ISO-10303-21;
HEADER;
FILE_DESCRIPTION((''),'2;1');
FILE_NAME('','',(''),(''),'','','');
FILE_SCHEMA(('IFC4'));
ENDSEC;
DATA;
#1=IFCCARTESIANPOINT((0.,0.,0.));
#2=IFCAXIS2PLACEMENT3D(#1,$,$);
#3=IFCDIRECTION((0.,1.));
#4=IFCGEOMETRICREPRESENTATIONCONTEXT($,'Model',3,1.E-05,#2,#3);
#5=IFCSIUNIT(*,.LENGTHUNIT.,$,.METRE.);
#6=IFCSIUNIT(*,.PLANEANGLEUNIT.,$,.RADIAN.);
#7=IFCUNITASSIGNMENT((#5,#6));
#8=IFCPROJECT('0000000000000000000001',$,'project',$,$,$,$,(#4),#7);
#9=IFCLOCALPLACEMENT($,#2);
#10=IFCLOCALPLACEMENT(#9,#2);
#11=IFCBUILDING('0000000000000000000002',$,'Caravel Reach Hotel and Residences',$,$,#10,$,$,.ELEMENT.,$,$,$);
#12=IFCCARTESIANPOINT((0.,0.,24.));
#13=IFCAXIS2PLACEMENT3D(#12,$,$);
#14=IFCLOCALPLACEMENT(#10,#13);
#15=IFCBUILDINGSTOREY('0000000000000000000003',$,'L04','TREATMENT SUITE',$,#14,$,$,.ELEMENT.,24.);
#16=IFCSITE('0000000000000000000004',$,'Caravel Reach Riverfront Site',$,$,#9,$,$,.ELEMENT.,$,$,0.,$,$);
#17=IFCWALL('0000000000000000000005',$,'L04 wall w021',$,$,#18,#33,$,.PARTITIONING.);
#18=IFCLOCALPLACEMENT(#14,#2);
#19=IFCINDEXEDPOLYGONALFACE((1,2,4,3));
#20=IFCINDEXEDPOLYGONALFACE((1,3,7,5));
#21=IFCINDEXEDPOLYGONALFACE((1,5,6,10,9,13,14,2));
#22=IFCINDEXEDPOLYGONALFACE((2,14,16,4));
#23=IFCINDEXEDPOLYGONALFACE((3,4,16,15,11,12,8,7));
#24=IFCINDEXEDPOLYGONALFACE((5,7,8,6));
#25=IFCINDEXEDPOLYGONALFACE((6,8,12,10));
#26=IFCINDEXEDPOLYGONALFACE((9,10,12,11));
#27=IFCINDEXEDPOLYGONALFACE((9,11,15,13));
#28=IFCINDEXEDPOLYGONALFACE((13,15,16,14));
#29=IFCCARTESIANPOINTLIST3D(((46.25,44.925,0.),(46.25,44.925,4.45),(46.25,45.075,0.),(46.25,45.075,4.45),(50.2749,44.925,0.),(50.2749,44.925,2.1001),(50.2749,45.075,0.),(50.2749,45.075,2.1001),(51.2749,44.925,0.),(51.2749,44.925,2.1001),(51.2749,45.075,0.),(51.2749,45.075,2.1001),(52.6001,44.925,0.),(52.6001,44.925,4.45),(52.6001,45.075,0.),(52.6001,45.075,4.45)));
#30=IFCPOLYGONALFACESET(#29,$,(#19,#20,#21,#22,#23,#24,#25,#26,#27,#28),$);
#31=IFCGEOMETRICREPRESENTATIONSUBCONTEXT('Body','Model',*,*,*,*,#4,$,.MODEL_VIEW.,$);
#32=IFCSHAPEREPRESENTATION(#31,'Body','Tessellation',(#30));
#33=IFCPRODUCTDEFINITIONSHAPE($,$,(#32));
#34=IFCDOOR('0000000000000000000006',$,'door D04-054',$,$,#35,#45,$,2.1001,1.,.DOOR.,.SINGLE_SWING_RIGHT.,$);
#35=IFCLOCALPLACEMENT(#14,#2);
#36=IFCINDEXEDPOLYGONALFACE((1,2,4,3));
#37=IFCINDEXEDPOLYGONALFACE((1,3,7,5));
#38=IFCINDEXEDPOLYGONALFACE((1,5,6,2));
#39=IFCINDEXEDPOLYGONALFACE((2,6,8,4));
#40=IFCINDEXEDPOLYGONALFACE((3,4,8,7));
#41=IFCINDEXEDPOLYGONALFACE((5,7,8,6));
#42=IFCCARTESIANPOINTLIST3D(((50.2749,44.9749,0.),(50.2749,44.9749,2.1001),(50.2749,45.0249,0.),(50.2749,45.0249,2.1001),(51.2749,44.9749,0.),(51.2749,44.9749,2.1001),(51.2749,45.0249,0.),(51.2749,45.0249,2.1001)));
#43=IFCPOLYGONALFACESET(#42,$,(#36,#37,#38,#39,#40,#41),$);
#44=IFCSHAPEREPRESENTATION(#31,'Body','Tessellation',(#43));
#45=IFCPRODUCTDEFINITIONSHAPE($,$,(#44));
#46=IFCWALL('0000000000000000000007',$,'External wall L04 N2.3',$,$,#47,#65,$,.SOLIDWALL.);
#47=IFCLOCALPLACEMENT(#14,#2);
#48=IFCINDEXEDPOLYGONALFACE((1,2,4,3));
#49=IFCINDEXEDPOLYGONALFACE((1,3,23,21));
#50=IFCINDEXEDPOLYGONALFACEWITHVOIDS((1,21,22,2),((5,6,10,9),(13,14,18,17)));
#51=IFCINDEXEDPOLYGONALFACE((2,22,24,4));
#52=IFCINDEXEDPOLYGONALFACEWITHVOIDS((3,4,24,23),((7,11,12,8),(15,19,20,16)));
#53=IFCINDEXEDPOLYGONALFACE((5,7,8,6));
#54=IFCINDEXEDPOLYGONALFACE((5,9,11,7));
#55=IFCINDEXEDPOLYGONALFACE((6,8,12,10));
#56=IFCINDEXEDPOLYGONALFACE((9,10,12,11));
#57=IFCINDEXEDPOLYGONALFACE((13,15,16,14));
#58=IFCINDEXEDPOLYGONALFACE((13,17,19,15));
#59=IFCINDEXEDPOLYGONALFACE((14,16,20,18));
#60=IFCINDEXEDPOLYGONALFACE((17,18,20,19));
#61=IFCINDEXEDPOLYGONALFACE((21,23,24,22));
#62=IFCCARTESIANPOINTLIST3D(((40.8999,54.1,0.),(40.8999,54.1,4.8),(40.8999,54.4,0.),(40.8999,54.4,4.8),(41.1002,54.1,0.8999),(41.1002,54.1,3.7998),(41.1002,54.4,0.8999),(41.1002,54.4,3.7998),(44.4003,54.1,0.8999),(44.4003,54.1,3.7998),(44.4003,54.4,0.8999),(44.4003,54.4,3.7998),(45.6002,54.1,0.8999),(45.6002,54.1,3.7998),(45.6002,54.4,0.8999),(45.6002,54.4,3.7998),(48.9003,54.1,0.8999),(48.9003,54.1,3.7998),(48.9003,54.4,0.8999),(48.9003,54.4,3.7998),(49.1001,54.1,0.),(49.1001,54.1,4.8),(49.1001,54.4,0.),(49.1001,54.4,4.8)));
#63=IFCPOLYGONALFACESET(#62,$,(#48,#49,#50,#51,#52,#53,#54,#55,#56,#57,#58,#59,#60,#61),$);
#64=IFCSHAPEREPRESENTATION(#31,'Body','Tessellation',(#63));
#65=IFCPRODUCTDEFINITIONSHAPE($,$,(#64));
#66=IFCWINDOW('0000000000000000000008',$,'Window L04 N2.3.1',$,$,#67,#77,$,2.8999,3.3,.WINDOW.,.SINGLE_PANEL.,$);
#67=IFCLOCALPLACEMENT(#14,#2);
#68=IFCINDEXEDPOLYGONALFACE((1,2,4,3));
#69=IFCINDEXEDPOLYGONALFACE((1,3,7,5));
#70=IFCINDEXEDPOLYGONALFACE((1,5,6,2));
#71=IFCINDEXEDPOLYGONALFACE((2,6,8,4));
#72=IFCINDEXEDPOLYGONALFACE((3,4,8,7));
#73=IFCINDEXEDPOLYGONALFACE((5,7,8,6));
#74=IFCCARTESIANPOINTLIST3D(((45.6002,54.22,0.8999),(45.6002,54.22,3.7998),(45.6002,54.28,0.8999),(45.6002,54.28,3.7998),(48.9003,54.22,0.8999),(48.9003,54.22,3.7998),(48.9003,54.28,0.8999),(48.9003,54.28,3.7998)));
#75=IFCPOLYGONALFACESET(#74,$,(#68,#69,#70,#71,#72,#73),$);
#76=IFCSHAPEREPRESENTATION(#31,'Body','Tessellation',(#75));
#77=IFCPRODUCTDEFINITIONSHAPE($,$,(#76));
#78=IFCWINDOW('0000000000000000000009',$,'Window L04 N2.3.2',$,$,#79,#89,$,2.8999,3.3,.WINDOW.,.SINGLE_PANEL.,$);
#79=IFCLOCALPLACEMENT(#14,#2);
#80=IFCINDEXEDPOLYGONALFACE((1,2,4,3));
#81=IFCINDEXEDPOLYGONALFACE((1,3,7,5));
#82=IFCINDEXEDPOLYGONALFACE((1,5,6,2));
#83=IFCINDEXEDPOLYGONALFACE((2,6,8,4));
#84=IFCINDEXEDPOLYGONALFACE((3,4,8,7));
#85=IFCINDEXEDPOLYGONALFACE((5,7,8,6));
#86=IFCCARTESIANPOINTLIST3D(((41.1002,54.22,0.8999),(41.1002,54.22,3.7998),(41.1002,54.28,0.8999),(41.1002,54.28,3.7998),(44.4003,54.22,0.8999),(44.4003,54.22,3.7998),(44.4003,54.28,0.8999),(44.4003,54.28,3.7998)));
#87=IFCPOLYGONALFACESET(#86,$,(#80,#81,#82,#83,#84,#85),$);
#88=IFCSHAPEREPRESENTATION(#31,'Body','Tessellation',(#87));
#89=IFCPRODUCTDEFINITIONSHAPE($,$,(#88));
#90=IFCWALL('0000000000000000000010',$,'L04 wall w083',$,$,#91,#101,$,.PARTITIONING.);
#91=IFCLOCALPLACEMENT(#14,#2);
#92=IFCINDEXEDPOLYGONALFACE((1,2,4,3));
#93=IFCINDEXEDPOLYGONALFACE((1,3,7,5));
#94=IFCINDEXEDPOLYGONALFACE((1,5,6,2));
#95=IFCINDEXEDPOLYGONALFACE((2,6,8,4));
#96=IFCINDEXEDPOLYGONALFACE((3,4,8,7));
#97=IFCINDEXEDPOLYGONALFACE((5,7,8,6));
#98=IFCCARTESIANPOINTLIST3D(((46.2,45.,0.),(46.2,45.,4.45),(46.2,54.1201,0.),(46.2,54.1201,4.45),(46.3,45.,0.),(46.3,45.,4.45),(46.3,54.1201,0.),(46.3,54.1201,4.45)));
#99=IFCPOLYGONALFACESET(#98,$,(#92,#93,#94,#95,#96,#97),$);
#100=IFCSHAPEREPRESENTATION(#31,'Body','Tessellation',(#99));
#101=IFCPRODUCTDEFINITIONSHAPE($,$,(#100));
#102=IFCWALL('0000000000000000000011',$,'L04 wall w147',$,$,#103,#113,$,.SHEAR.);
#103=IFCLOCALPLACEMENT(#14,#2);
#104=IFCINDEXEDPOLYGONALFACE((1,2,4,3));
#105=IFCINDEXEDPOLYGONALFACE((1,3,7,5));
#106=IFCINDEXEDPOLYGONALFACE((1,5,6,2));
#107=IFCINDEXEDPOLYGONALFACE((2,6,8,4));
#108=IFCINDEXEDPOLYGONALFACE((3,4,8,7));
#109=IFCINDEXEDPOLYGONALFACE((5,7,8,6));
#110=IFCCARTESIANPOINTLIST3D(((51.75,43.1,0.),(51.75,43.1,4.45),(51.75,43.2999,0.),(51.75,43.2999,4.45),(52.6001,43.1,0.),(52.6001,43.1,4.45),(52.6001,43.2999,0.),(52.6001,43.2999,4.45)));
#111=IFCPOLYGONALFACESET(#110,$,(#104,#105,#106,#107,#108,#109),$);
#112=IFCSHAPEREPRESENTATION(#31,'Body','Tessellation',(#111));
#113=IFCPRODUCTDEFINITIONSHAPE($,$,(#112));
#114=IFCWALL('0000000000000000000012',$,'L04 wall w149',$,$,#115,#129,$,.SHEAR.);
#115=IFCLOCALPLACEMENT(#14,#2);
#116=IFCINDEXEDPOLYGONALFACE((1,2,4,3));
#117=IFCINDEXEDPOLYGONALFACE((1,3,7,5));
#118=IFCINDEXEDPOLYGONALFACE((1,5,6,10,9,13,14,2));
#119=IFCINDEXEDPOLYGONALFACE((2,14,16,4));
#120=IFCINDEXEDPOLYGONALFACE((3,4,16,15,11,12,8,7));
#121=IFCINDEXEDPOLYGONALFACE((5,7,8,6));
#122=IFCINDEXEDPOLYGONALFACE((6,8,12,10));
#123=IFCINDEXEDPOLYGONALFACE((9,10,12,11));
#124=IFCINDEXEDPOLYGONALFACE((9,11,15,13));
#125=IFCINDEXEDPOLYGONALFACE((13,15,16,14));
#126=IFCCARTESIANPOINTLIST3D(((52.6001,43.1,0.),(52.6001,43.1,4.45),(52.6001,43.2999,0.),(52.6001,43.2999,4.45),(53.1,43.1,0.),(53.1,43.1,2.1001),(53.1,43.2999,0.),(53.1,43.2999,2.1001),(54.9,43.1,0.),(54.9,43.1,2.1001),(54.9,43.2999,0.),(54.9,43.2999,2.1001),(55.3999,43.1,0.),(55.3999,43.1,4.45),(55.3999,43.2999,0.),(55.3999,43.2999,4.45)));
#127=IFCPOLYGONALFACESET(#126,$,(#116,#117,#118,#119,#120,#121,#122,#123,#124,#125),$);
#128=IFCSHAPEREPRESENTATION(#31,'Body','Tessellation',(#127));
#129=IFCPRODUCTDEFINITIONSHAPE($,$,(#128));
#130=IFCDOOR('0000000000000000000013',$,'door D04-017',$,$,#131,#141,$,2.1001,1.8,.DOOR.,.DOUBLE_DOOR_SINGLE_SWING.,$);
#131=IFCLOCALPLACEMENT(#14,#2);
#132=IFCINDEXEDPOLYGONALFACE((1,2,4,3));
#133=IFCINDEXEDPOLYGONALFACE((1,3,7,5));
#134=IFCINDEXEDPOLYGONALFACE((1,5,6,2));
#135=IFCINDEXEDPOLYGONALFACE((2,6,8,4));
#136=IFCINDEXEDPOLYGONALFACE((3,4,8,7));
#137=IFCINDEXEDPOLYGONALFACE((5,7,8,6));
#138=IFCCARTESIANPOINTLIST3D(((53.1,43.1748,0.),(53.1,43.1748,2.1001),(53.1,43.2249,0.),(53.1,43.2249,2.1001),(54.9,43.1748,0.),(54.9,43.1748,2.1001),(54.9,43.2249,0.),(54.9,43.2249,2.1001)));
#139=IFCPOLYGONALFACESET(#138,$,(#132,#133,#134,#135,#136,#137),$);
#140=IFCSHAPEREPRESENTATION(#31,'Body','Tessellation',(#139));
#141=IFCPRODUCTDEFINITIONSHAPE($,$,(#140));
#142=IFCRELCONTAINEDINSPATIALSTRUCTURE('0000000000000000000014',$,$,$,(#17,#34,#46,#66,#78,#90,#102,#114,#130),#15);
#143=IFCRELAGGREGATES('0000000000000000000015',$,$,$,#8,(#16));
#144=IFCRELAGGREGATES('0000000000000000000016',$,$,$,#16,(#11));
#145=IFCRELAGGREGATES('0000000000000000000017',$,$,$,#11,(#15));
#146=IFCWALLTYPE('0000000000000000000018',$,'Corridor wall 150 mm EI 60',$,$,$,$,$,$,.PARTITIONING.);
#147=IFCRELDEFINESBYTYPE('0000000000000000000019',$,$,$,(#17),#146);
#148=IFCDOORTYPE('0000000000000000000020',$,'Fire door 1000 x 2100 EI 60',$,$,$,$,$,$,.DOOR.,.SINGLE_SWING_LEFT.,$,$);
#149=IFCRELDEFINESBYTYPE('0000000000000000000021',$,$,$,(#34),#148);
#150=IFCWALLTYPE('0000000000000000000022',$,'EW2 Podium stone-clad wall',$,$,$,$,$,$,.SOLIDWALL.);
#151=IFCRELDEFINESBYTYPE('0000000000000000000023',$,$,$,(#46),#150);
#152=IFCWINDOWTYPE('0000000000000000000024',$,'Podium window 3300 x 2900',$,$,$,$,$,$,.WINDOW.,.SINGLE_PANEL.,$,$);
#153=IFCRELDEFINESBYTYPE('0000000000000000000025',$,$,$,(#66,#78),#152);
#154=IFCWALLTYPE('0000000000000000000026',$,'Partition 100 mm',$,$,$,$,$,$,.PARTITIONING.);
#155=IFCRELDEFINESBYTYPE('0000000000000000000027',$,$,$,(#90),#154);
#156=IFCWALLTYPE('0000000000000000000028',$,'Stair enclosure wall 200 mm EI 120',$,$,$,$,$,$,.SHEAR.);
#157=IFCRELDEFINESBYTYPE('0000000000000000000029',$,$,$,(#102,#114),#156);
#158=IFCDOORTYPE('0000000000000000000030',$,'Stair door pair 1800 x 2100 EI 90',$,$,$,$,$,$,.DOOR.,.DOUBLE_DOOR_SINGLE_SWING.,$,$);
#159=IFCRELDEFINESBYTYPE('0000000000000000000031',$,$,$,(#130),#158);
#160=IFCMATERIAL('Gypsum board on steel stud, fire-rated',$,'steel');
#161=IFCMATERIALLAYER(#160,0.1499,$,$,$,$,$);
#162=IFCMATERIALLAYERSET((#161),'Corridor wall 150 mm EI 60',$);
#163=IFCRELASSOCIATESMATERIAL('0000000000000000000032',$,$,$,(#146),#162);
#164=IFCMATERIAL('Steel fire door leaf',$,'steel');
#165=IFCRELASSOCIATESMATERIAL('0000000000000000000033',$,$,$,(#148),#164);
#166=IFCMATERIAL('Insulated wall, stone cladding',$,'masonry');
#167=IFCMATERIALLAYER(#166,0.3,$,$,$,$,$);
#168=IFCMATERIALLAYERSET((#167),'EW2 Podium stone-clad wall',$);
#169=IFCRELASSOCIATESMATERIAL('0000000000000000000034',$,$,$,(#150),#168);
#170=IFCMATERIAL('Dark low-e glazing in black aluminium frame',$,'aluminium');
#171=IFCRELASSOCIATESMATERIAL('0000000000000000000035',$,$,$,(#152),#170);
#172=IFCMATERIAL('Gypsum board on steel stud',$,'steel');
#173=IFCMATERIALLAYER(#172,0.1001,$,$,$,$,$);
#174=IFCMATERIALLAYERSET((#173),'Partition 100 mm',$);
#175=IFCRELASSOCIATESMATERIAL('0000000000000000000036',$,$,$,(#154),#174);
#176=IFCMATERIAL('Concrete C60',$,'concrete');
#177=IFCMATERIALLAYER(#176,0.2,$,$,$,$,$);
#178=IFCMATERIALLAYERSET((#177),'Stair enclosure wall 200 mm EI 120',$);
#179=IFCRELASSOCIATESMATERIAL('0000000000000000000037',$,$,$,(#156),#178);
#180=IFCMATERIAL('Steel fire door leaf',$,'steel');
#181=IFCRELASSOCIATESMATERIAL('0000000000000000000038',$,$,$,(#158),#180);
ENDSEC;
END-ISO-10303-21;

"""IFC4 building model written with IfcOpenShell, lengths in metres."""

from ifc_helpers import new_model, si_unit, direction, frame, frame_2d, origin, place, context, subcontext, project, spatial, rectangle, extrude, material, layer, layer_set, type_object, element, fill, save


model = new_model("IFC4")

# Units and contexts
model_context = context("Model", 3, precision=1e-05, world=origin(), true_north=direction((0.0, 1.0)))
body_context = subcontext(model_context, "Body", "Model", "MODEL_VIEW")
ifc_project = project(units=[si_unit("LENGTHUNIT", "METRE"), si_unit("PLANEANGLEUNIT", "RADIAN")], contexts=[model_context])

# Site, building, storey
site_placement = place(None, origin())
site = spatial("IfcSite", under=ifc_project, at=site_placement, Name="Caravel Reach Riverfront Site", CompositionType="ELEMENT", RefElevation=0.0)
building_placement = place(site_placement, origin())
building = spatial("IfcBuilding", under=site, at=building_placement, Name="Caravel Reach Hotel and Residences", CompositionType="ELEMENT")
storey_placement = place(building_placement, frame((0.0, 0.0, 24.0)))
storey = spatial("IfcBuildingStorey", under=building, at=storey_placement, Name="L04", Description="TREATMENT SUITE", CompositionType="ELEMENT", Elevation=24.0)

# Wall, opening, door
ifc_material_1 = material(Name="Gypsum board on steel stud, fire-rated", Category="steel")
ifc_layer_1 = layer(ifc_material_1, 0.1499)
ifc_layer_set_1 = layer_set([ifc_layer_1], Name="Corridor wall 150 mm EI 60")
wall_type_1 = type_object("IfcWallType", Name="Corridor wall 150 mm EI 60", PredefinedType="PARTITIONING", material=ifc_layer_set_1)
wall_1_placement = place(storey_placement, frame((46.25, 45.0, 0.0), z_axis=(0.0, 0.0, 1.0), x_axis=(1.0, 0.0, 0.0)))
wall_1 = element("IfcWall", 1, at=wall_1_placement, inside=storey, type_object=wall_type_1, Name="L04 wall w021", PredefinedType="PARTITIONING", context=body_context, shape_type="SweptSolid", body=[
    extrude(rectangle(XDim=6.3501, YDim=0.1499, at=frame_2d((3.175, 0.0))), origin(), (0.0, 0.0, 1.0), 4.45),
])
opening_1_placement = place(wall_1_placement, frame((4.0249, 0.0, 0.0)))
opening_1 = element("IfcOpeningElement", 2, at=opening_1_placement, cuts=wall_1, PredefinedType="OPENING", context=body_context, shape_type="SweptSolid", body=[
    extrude(rectangle(XDim=1.0, YDim=2.1001, at=frame_2d((0.5, 1.05))), frame((0.0, 0.085, 0.0), z_axis=(0.0, -1.0, 0.0), x_axis=(1.0, 0.0, 0.0)), (0.0, 0.0, 1.0), 0.1699),
])
ifc_material_2 = material(Name="Steel fire door leaf", Category="steel")
door_type_1 = type_object("IfcDoorType", Name="Fire door 1000 x 2100 EI 60", OperationType="SINGLE_SWING_LEFT", PredefinedType="DOOR", material=ifc_material_2)
door_1_placement = place(opening_1_placement, origin())
door_1 = element("IfcDoor", 3, at=door_1_placement, inside=storey, type_object=door_type_1, Name="door D04-054", OperationType="SINGLE_SWING_RIGHT", OverallHeight=2.1001, OverallWidth=1.0, PredefinedType="DOOR", context=body_context, shape_type="SweptSolid", body=[
    extrude(rectangle(XDim=1.0, YDim=2.1001, at=frame_2d((0.5, 1.05))), frame((0.0, 0.0249, 0.0), z_axis=(0.0, -1.0, 0.0), x_axis=(1.0, 0.0, 0.0)), (0.0, 0.0, 1.0), 0.05),
])
fill(opening_1, door_1)

# Wall, openings, windows
ifc_material_3 = material(Name="Insulated wall, stone cladding", Category="masonry")
ifc_layer_2 = layer(ifc_material_3, 0.3)
ifc_layer_set_2 = layer_set([ifc_layer_2], Name="EW2 Podium stone-clad wall")
wall_type_2 = type_object("IfcWallType", Name="EW2 Podium stone-clad wall", PredefinedType="SOLIDWALL", material=ifc_layer_set_2)
wall_2_placement = place(storey_placement, frame((49.1001, 54.25, 0.0), z_axis=(0.0, 0.0, 1.0), x_axis=(-1.0, 0.0, 0.0)))
wall_2 = element("IfcWall", 4, at=wall_2_placement, inside=storey, type_object=wall_type_2, Name="External wall L04 N2.3", PredefinedType="SOLIDWALL", context=body_context, shape_type="SweptSolid", body=[
    extrude(rectangle(XDim=8.2002, YDim=0.3, at=frame_2d((4.1001, 0.0))), origin(), (0.0, 0.0, 1.0), 4.8),
])
opening_2_placement = place(wall_2_placement, frame((0.2, 0.0, 0.8999)))
opening_2 = element("IfcOpeningElement", 5, at=opening_2_placement, cuts=wall_2, PredefinedType="OPENING", context=body_context, shape_type="SweptSolid", body=[
    extrude(rectangle(XDim=3.3, YDim=2.8999, at=frame_2d((1.6499, 1.45))), frame((0.0, 0.1599, 0.0), z_axis=(0.0, -1.0, 0.0), x_axis=(1.0, 0.0, 0.0)), (0.0, 0.0, 1.0), 0.3201),
])
opening_3_placement = place(wall_2_placement, frame((4.7, 0.0, 0.8999)))
opening_3 = element("IfcOpeningElement", 6, at=opening_3_placement, cuts=wall_2, PredefinedType="OPENING", context=body_context, shape_type="SweptSolid", body=[
    extrude(rectangle(XDim=3.3, YDim=2.8999, at=frame_2d((1.6499, 1.45))), frame((0.0, 0.1599, 0.0), z_axis=(0.0, -1.0, 0.0), x_axis=(1.0, 0.0, 0.0)), (0.0, 0.0, 1.0), 0.3201),
])
ifc_material_4 = material(Name="Dark low-e glazing in black aluminium frame", Category="aluminium")
window_type = type_object("IfcWindowType", Name="Podium window 3300 x 2900", PartitioningType="SINGLE_PANEL", PredefinedType="WINDOW", material=ifc_material_4)
window_1_placement = place(opening_2_placement, origin())
window_1 = element("IfcWindow", 7, at=window_1_placement, inside=storey, type_object=window_type, Name="Window L04 N2.3.1", OverallHeight=2.8999, OverallWidth=3.3, PartitioningType="SINGLE_PANEL", PredefinedType="WINDOW", context=body_context, shape_type="SweptSolid", body=[
    extrude(rectangle(XDim=3.3, YDim=2.8999, at=frame_2d((1.6499, 1.45))), frame((0.0, 0.03, 0.0), z_axis=(0.0, -1.0, 0.0), x_axis=(1.0, 0.0, 0.0)), (0.0, 0.0, 1.0), 0.0601),
])
fill(opening_2, window_1)
window_2_placement = place(opening_3_placement, origin())
window_2 = element("IfcWindow", 8, at=window_2_placement, inside=storey, type_object=window_type, Name="Window L04 N2.3.2", OverallHeight=2.8999, OverallWidth=3.3, PartitioningType="SINGLE_PANEL", PredefinedType="WINDOW", context=body_context, shape_type="SweptSolid", body=[
    extrude(rectangle(XDim=3.3, YDim=2.8999, at=frame_2d((1.6499, 1.45))), frame((0.0, 0.03, 0.0), z_axis=(0.0, -1.0, 0.0), x_axis=(1.0, 0.0, 0.0)), (0.0, 0.0, 1.0), 0.0601),
])
fill(opening_3, window_2)

# Walls
ifc_material_5 = material(Name="Gypsum board on steel stud", Category="steel")
ifc_layer_3 = layer(ifc_material_5, 0.1001)
ifc_layer_set_3 = layer_set([ifc_layer_3], Name="Partition 100 mm")
wall_type_3 = type_object("IfcWallType", Name="Partition 100 mm", PredefinedType="PARTITIONING", material=ifc_layer_set_3)
wall_3_placement = place(storey_placement, frame((46.25, 45.0, 0.0), z_axis=(0.0, 0.0, 1.0), x_axis=(0.0, 1.0, 0.0)))
element("IfcWall", 9, at=wall_3_placement, inside=storey, type_object=wall_type_3, Name="L04 wall w083", PredefinedType="PARTITIONING", context=body_context, shape_type="SweptSolid", body=[
    extrude(rectangle(XDim=9.1201, YDim=0.1001, at=frame_2d((4.5601, 0.0))), origin(), (0.0, 0.0, 1.0), 4.45),
])
ifc_material_6 = material(Name="Concrete C60", Category="concrete")
ifc_layer_4 = layer(ifc_material_6, 0.2)
ifc_layer_set_4 = layer_set([ifc_layer_4], Name="Stair enclosure wall 200 mm EI 120")
wall_type_4 = type_object("IfcWallType", Name="Stair enclosure wall 200 mm EI 120", PredefinedType="SHEAR", material=ifc_layer_set_4)
wall_4_placement = place(storey_placement, frame((51.75, 43.2, 0.0), z_axis=(0.0, 0.0, 1.0), x_axis=(1.0, 0.0, 0.0)))
element("IfcWall", 10, at=wall_4_placement, inside=storey, type_object=wall_type_4, Name="L04 wall w147", PredefinedType="SHEAR", context=body_context, shape_type="SweptSolid", body=[
    extrude(rectangle(XDim=0.8501, YDim=0.2, at=frame_2d((0.425, 0.0))), origin(), (0.0, 0.0, 1.0), 4.45),
])

# Wall, opening, door
wall_5_placement = place(storey_placement, frame((52.6001, 43.2, 0.0), z_axis=(0.0, 0.0, 1.0), x_axis=(1.0, 0.0, 0.0)))
wall_5 = element("IfcWall", 11, at=wall_5_placement, inside=storey, type_object=wall_type_4, Name="L04 wall w149", PredefinedType="SHEAR", context=body_context, shape_type="SweptSolid", body=[
    extrude(rectangle(XDim=2.7998, YDim=0.2, at=frame_2d((1.3999, 0.0))), origin(), (0.0, 0.0, 1.0), 4.45),
])
opening_4_placement = place(wall_5_placement, frame((0.5, 0.0, 0.0)))
opening_4 = element("IfcOpeningElement", 12, at=opening_4_placement, cuts=wall_5, PredefinedType="OPENING", context=body_context, shape_type="SweptSolid", body=[
    extrude(rectangle(XDim=1.8, YDim=2.1001, at=frame_2d((0.8999, 1.05))), frame((0.0, 0.1099, 0.0), z_axis=(0.0, -1.0, 0.0), x_axis=(1.0, 0.0, 0.0)), (0.0, 0.0, 1.0), 0.22),
])
ifc_material_7 = material(Name="Steel fire door leaf", Category="steel")
door_type_2 = type_object("IfcDoorType", Name="Stair door pair 1800 x 2100 EI 90", OperationType="DOUBLE_DOOR_SINGLE_SWING", PredefinedType="DOOR", material=ifc_material_7)
door_2_placement = place(opening_4_placement, origin())
door_2 = element("IfcDoor", 13, at=door_2_placement, inside=storey, type_object=door_type_2, Name="door D04-017", OperationType="DOUBLE_DOOR_SINGLE_SWING", OverallHeight=2.1001, OverallWidth=1.8, PredefinedType="DOOR", context=body_context, shape_type="SweptSolid", body=[
    extrude(rectangle(XDim=1.8, YDim=2.1001, at=frame_2d((0.8999, 1.05))), frame((0.0, 0.0249, 0.0), z_axis=(0.0, -1.0, 0.0), x_axis=(1.0, 0.0, 0.0)), (0.0, 0.0, 1.0), 0.05),
])
fill(opening_4, door_2)

save(model, "model.ifc")
